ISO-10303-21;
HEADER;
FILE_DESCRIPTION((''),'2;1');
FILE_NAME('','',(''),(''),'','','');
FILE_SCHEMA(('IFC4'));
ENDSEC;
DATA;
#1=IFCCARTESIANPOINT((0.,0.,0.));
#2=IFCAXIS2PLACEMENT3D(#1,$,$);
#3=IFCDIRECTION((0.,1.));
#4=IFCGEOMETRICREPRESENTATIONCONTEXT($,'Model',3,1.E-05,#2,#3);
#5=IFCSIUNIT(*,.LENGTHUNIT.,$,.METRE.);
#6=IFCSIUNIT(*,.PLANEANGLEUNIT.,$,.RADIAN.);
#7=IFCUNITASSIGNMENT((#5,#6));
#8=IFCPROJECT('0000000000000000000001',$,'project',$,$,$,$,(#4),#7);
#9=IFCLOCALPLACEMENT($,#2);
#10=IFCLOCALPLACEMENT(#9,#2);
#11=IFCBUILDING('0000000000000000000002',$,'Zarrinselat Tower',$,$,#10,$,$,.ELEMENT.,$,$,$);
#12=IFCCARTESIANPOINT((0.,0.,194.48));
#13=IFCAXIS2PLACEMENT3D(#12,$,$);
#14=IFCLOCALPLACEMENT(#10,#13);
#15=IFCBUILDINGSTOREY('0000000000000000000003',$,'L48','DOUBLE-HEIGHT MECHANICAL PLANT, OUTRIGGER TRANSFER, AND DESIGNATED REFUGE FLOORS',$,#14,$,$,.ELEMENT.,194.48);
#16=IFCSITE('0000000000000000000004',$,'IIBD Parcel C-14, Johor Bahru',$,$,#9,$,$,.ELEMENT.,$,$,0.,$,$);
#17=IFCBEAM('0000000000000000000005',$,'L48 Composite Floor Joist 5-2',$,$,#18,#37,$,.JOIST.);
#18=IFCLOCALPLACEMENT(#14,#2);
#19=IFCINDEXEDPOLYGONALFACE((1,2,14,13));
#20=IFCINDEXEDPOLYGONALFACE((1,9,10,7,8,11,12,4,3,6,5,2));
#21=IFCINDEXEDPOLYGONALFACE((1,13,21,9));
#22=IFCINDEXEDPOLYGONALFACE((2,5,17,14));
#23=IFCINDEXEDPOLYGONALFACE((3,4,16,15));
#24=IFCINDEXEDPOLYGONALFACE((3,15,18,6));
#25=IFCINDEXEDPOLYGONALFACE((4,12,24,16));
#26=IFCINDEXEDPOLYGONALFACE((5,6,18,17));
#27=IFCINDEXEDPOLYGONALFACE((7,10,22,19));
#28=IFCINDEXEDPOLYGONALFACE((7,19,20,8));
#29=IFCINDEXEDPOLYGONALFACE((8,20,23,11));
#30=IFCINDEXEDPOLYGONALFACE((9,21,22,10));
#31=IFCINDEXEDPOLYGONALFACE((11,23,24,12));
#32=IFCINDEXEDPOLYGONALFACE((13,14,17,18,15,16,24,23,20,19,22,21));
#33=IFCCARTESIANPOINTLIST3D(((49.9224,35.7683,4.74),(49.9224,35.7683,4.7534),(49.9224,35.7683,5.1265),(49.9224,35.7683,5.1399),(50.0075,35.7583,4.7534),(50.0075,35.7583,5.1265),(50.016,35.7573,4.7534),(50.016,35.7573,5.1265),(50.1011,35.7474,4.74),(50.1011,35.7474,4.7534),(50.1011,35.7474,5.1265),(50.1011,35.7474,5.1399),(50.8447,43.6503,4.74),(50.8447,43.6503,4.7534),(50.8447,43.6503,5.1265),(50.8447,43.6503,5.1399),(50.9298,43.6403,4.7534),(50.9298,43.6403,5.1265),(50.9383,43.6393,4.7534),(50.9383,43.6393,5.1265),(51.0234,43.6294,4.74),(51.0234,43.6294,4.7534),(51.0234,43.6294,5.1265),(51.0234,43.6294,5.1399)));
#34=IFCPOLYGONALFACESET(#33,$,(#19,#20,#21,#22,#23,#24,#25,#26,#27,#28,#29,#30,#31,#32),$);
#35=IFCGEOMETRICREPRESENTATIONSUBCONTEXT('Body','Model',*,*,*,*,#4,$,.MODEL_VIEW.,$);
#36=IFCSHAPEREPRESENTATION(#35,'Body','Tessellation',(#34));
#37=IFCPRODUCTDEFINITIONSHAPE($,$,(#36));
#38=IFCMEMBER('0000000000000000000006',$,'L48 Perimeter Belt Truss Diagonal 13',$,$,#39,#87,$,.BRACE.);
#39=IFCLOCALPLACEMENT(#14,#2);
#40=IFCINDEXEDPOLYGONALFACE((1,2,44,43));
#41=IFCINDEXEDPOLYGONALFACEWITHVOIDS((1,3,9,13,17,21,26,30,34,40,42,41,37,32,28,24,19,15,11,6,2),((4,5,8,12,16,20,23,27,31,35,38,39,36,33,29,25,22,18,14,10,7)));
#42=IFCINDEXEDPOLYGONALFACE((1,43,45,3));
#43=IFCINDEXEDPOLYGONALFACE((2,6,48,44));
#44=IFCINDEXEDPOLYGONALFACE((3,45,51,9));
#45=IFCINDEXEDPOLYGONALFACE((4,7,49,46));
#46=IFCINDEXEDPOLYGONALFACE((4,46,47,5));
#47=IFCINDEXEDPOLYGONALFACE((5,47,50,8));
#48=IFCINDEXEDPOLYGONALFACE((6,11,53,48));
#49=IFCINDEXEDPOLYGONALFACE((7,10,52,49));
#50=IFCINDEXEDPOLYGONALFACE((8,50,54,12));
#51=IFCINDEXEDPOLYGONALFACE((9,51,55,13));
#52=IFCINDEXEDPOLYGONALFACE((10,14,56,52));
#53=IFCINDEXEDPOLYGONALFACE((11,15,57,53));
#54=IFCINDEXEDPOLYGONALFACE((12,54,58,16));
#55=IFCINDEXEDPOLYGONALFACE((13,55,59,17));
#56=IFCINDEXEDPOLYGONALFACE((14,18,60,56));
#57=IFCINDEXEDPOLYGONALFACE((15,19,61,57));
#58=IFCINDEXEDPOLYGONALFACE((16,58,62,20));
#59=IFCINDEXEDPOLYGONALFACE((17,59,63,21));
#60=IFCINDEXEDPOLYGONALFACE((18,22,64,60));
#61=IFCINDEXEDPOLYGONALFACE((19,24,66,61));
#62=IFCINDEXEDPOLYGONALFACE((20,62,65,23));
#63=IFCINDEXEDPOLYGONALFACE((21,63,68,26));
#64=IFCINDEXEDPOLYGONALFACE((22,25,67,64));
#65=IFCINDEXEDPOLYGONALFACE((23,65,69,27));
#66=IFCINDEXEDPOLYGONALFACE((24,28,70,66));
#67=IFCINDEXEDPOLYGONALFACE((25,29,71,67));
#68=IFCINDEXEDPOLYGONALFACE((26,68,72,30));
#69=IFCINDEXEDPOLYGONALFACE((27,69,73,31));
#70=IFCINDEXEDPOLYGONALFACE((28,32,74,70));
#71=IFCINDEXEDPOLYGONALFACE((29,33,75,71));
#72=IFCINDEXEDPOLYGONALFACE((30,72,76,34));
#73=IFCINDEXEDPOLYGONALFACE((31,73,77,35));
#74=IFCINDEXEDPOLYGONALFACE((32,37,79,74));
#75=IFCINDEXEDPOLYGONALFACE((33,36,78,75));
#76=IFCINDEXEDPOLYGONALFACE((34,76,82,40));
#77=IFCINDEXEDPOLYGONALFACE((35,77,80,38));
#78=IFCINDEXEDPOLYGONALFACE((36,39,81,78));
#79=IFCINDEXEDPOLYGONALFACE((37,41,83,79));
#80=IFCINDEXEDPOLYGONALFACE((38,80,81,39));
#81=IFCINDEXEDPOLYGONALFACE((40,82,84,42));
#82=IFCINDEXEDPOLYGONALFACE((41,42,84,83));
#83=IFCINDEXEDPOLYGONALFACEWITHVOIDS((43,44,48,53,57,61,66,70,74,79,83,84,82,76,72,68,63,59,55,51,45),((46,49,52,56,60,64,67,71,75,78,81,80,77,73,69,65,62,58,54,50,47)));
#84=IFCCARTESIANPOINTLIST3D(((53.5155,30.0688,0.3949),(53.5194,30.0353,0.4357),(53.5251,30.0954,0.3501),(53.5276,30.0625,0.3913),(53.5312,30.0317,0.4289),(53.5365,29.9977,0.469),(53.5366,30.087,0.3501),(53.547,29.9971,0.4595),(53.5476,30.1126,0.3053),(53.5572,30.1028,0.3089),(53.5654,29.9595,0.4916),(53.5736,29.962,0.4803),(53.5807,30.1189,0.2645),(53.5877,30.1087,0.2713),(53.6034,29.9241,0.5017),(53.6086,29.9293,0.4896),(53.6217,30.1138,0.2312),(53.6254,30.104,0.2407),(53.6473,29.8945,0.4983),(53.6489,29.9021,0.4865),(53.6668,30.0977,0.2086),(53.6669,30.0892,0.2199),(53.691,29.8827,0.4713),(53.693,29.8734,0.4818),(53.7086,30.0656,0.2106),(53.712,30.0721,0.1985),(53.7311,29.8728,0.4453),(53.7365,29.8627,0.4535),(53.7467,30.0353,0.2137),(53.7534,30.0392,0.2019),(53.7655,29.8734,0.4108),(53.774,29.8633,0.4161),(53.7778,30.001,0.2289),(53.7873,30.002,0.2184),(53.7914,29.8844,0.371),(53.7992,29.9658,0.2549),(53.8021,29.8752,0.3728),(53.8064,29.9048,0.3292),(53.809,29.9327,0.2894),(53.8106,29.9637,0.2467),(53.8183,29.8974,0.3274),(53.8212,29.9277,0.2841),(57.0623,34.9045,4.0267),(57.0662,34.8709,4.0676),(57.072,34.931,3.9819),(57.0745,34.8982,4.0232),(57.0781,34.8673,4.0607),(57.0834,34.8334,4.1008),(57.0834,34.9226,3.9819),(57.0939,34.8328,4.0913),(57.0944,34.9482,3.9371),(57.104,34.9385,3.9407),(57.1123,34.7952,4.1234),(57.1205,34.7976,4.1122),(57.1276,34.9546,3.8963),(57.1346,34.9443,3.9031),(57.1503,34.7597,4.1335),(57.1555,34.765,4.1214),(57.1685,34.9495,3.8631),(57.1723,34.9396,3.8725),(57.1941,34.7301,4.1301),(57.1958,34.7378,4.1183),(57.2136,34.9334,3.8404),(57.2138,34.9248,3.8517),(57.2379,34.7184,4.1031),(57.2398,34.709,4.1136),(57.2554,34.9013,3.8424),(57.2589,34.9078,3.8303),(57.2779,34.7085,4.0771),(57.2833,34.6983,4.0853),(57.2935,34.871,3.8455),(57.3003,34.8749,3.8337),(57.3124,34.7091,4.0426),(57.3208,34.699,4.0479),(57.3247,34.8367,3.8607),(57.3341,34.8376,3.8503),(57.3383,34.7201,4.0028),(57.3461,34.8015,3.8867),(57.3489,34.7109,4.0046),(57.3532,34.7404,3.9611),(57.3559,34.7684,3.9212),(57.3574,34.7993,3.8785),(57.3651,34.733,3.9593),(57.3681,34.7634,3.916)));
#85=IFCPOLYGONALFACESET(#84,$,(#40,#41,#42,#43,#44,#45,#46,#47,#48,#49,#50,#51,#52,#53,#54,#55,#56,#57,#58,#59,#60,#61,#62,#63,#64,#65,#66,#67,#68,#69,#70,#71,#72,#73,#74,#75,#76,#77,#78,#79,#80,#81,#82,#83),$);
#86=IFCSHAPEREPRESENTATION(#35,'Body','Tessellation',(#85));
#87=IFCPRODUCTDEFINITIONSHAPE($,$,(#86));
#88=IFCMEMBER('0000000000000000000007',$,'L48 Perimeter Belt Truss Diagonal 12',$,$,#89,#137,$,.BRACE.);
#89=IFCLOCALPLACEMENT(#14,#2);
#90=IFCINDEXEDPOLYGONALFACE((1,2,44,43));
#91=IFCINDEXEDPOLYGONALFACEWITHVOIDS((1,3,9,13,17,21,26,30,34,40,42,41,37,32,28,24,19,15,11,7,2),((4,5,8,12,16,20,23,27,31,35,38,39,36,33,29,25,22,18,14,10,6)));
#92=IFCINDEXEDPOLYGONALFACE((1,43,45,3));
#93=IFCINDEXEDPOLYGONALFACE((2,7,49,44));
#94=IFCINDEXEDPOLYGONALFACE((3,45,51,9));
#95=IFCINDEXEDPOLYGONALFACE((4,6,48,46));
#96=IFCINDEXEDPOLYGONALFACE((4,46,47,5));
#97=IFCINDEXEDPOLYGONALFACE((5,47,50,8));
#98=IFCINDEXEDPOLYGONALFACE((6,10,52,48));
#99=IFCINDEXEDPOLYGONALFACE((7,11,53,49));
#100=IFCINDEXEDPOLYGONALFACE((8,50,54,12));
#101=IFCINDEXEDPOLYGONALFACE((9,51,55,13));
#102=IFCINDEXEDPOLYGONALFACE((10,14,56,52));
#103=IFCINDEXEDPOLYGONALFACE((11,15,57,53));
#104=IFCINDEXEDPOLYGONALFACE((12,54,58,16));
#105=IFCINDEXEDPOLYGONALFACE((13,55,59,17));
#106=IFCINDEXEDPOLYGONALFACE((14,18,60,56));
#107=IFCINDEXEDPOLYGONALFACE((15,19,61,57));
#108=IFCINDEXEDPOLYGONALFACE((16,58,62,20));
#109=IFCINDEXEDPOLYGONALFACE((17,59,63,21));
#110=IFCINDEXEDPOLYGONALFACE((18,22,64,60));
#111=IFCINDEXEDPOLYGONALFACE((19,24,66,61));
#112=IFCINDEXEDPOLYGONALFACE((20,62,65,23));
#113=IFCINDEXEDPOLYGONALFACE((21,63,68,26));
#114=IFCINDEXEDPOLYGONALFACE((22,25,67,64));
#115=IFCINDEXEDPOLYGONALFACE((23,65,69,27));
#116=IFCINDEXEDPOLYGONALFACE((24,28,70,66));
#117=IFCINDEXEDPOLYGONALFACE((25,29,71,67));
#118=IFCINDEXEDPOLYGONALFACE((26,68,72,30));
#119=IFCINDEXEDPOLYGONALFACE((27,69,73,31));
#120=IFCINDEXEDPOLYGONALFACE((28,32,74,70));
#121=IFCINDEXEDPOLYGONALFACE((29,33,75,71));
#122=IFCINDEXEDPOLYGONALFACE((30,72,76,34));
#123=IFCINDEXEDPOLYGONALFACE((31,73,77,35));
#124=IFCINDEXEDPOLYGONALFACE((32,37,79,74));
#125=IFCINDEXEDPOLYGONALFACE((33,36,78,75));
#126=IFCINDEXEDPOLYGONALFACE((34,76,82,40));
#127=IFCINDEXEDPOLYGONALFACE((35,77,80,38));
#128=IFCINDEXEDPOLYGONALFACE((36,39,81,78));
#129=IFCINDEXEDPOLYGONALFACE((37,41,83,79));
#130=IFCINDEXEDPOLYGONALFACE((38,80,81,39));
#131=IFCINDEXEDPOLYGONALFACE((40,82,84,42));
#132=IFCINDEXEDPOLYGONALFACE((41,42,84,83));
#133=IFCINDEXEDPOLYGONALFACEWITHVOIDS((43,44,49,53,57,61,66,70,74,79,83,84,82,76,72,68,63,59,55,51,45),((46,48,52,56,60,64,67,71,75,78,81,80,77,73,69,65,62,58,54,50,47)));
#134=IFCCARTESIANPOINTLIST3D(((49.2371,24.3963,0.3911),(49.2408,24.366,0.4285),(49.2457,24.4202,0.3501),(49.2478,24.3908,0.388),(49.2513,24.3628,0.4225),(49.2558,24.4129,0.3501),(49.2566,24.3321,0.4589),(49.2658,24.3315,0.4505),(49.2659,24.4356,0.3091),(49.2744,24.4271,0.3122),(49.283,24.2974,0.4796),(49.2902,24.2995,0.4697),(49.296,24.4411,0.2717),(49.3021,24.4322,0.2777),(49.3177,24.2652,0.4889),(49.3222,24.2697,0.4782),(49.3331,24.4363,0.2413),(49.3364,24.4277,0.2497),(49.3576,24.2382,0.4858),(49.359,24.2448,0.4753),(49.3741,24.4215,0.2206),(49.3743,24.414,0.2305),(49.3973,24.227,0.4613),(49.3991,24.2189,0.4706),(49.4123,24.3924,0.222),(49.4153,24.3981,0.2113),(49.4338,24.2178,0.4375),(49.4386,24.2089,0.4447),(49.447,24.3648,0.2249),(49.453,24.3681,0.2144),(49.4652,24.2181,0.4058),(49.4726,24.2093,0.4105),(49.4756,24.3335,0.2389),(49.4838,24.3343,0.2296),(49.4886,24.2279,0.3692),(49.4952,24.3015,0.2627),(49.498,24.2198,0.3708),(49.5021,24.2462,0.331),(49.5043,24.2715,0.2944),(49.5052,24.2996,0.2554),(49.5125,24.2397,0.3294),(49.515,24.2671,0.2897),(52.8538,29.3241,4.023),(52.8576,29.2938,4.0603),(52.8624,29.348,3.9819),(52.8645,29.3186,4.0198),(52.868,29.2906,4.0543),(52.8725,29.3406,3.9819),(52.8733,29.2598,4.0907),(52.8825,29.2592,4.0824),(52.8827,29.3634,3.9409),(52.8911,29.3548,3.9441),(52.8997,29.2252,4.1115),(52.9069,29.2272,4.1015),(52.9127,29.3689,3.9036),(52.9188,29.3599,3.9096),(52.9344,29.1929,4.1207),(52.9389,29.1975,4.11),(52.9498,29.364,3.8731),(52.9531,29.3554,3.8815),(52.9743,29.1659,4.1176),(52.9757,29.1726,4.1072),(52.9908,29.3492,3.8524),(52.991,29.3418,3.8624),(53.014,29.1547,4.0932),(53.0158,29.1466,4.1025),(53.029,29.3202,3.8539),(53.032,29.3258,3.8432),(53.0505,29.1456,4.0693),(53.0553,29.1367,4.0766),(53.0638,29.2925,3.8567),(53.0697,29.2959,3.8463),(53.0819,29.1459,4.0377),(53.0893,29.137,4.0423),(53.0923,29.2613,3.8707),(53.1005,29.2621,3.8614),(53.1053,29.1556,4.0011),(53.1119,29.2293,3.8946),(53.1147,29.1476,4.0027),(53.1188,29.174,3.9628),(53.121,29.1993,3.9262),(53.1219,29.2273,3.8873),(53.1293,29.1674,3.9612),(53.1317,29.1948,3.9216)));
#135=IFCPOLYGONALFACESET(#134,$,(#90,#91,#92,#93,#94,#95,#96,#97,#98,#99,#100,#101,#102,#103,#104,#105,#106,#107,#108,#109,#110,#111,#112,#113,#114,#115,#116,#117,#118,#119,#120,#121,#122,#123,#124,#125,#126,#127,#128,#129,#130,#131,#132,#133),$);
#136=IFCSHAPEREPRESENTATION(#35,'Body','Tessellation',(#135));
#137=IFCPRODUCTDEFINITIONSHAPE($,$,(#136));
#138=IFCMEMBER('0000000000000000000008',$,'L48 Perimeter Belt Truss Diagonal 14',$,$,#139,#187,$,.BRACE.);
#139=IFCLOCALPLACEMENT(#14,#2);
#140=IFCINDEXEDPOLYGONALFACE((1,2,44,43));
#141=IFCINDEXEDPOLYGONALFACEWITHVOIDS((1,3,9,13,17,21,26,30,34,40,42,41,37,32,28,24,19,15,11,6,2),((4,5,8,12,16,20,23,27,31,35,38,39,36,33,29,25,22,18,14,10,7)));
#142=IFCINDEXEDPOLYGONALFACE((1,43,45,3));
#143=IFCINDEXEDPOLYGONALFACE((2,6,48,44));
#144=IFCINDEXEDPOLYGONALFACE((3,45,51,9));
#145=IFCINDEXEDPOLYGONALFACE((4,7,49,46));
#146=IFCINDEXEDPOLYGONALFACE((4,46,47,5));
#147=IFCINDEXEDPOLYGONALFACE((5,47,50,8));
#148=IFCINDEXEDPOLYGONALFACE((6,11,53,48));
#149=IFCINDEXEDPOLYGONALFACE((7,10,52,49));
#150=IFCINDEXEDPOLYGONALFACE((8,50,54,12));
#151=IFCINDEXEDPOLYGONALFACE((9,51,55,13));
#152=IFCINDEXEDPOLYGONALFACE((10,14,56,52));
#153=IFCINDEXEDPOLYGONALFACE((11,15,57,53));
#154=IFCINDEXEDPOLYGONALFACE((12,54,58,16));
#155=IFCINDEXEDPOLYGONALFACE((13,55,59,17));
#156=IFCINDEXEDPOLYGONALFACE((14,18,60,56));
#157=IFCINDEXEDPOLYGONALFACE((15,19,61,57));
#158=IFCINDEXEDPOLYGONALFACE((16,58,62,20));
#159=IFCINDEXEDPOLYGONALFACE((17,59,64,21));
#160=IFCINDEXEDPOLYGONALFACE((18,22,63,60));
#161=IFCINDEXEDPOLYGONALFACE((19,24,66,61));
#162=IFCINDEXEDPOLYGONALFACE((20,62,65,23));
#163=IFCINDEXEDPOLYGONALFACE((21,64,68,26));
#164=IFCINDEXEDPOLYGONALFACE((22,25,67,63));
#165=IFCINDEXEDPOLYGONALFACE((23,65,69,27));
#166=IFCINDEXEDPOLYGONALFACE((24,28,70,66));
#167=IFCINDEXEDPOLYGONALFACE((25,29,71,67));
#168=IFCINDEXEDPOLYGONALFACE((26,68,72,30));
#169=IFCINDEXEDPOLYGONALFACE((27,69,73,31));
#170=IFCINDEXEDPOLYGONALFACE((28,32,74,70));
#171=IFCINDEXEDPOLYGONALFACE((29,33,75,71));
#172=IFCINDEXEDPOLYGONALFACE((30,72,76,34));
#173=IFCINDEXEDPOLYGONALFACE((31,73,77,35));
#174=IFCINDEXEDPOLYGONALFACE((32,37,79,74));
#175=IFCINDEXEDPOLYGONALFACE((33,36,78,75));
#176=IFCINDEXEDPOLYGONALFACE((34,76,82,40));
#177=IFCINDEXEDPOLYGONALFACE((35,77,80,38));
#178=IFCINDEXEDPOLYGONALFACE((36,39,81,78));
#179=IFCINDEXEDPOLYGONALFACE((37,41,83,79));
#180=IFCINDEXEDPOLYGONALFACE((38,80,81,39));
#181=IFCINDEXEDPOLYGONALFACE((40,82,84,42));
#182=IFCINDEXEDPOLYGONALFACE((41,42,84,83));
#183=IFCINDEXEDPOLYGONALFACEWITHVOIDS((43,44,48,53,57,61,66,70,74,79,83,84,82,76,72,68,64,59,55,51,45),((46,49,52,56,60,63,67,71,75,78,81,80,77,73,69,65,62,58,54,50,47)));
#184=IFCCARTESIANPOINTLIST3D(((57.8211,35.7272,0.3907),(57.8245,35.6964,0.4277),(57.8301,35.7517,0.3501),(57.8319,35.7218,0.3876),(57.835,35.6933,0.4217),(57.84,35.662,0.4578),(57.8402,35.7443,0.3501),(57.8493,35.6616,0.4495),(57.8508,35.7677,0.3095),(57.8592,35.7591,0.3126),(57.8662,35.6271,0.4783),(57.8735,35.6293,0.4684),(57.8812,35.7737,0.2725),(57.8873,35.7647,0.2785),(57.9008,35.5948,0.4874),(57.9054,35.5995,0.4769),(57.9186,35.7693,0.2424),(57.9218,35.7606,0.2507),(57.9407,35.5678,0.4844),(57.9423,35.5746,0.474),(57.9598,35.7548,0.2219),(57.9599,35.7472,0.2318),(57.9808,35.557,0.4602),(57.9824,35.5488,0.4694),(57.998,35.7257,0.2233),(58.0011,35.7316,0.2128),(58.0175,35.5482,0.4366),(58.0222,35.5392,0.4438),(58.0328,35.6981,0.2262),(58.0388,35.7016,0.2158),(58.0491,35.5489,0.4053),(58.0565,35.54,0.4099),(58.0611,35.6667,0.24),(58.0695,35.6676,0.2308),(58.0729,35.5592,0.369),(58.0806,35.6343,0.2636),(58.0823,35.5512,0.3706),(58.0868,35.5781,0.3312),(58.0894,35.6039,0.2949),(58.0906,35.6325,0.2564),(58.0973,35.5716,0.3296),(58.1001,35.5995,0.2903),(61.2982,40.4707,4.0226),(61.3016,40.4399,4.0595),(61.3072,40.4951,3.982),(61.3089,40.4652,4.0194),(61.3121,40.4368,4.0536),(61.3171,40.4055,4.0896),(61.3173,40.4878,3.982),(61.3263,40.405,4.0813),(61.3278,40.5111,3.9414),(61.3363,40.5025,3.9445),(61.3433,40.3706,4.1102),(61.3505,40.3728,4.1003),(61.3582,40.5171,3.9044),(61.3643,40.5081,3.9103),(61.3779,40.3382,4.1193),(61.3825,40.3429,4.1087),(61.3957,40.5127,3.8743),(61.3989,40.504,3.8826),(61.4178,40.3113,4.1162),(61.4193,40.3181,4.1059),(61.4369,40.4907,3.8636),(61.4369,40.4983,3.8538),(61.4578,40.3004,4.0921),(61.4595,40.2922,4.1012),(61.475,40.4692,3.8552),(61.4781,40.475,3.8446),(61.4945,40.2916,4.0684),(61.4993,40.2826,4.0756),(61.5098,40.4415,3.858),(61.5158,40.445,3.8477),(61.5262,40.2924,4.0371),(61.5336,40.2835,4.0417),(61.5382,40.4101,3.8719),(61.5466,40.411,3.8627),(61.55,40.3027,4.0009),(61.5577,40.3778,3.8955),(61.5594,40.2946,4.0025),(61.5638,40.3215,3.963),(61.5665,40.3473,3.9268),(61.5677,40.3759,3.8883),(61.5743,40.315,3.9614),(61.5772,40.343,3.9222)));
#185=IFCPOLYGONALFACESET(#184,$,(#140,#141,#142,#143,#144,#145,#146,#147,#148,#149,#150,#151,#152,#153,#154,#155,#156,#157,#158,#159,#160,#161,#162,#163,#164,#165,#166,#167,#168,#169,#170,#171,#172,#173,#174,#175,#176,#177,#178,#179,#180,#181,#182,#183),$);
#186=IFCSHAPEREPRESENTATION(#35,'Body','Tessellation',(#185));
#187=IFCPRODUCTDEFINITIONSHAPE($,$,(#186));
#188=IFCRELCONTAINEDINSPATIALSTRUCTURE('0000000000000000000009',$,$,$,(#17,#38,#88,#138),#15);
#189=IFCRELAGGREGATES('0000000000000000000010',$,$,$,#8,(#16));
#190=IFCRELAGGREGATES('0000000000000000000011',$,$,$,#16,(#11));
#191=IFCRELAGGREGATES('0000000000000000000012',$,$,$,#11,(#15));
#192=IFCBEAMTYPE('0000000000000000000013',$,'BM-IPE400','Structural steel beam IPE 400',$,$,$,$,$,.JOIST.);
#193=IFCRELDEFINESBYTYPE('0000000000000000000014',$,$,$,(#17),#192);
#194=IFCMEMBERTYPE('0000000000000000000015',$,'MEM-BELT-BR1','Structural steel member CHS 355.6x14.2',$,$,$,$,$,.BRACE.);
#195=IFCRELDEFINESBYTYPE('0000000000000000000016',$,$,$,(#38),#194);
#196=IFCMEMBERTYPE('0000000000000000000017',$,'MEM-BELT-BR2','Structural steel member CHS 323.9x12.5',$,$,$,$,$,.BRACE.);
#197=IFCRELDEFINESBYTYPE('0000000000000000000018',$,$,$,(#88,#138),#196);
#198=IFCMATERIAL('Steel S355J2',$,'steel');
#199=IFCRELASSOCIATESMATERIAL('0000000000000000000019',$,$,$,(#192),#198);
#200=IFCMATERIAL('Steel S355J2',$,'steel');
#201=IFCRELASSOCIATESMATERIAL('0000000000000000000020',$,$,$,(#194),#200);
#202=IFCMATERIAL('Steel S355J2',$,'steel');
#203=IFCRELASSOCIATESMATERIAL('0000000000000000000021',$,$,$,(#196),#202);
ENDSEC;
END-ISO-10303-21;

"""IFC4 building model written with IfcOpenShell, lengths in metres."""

from ifc_helpers import new_model, si_unit, direction, frame, origin, origin_2d, place, context, subcontext, project, spatial, hollow_circle, i_section, extrude, material, material_profile, profile_set, type_object, element, save


model = new_model("IFC4")

# Units and contexts
model_context = context("Model", 3, precision=1e-05, world=origin(), true_north=direction((0.0, 1.0)))
body_context = subcontext(model_context, "Body", "Model", "MODEL_VIEW")
ifc_project = project(units=[si_unit("LENGTHUNIT", "METRE"), si_unit("PLANEANGLEUNIT", "RADIAN")], contexts=[model_context])

# Site, building, storey
site_placement = place(None, origin())
site = spatial("IfcSite", under=ifc_project, at=site_placement, Name="IIBD Parcel C-14, Johor Bahru", CompositionType="ELEMENT", RefElevation=0.0)
building_placement = place(site_placement, origin())
building = spatial("IfcBuilding", under=site, at=building_placement, Name="Zarrinselat Tower", CompositionType="ELEMENT")
storey_placement = place(building_placement, frame((0.0, 0.0, 194.48)))
storey = spatial("IfcBuildingStorey", under=building, at=storey_placement, Name="L48", Description="DOUBLE-HEIGHT MECHANICAL PLANT, OUTRIGGER TRANSFER, AND DESIGNATED REFUGE FLOORS", CompositionType="ELEMENT", Elevation=194.48)

# Beam
ifc_material_1 = material(Name="Steel S355J2", Category="steel")
ifc_material_profile_1 = material_profile(ifc_material_1, i_section(OverallWidth=0.1799, OverallDepth=0.3999, WebThickness=0.0085, FlangeThickness=0.0134, at=origin_2d()), Name="IPE 400")
ifc_profile_set_1 = profile_set([ifc_material_profile_1], Name="Steel S355J2")
beam_type_1 = type_object("IfcBeamType", Name="BM-IPE400", Description="Structural steel beam IPE 400", PredefinedType="JOIST", material=ifc_profile_set_1)
beam_1_placement = place(storey_placement, frame((50.0117, 35.7578, 4.9399), z_axis=(0.116227, 0.993223, 0.0), x_axis=(-0.993223, 0.116227, 0.0)))
element("IfcBeam", 1, at=beam_1_placement, inside=storey, type_object=beam_type_1, Name="L48 Composite Floor Joist 5-2", PredefinedType="JOIST", context=body_context, shape_type="SweptSolid", body=[
    extrude(i_section(OverallWidth=0.1799, OverallDepth=0.3999, WebThickness=0.0085, FlangeThickness=0.0134, at=origin_2d()), origin(), (0.0, 0.0, 1.0), 7.9358),
])

# Members
ifc_material_2 = material(Name="Steel S355J2", Category="steel")
ifc_material_profile_2 = material_profile(ifc_material_2, hollow_circle(Radius=0.1777, WallThickness=0.0142, at=origin_2d()), Name="CHS 355.6x14.2")
ifc_profile_set_2 = profile_set([ifc_material_profile_2], Name="Steel S355J2")
member_type_1 = type_object("IfcMemberType", Name="MEM-BELT-BR1", Description="Structural steel member CHS 355.6x14.2", PredefinedType="BRACE", material=ifc_profile_set_2)
member_1_placement = place(storey_placement, frame((53.6685, 29.9902, 0.3501), z_axis=(0.5059, 0.689727, 0.518018), x_axis=(-0.806349, 0.59144, 0.0)))
element("IfcMember", 2, at=member_1_placement, inside=storey, type_object=member_type_1, Name="L48 Perimeter Belt Truss Diagonal 13", PredefinedType="BRACE", context=body_context, shape_type="SweptSolid", body=[
    extrude(hollow_circle(Radius=0.1777, WallThickness=0.0142, at=origin_2d()), origin(), (0.0, 0.0, 1.0), 7.011),
])
ifc_material_3 = material(Name="Steel S355J2", Category="steel")
ifc_material_profile_3 = material_profile(ifc_material_3, hollow_circle(Radius=0.1619, WallThickness=0.0125, at=origin_2d()), Name="CHS 323.9x12.5")
ifc_profile_set_3 = profile_set([ifc_material_profile_3], Name="Steel S355J2")
member_type_2 = type_object("IfcMemberType", Name="MEM-BELT-BR2", Description="Structural steel member CHS 323.9x12.5", PredefinedType="BRACE", material=ifc_profile_set_3)
member_2_placement = place(storey_placement, frame((49.3762, 24.3245, 0.3501), z_axis=(0.508672, 0.693063, 0.510801), x_axis=(-0.806169, 0.591686, 0.0)))
element("IfcMember", 3, at=member_2_placement, inside=storey, type_object=member_type_2, Name="L48 Perimeter Belt Truss Diagonal 12", PredefinedType="BRACE", context=body_context, shape_type="SweptSolid", body=[
    extrude(hollow_circle(Radius=0.1619, WallThickness=0.0125, at=origin_2d()), origin(), (0.0, 0.0, 1.0), 7.1101),
])
member_3_placement = place(storey_placement, frame((57.9607, 35.656, 0.3501), z_axis=(0.503023, 0.686226, 0.525416), x_axis=(-0.806522, 0.591203, 0.0)))
element("IfcMember", 4, at=member_3_placement, inside=storey, type_object=member_type_2, Name="L48 Perimeter Belt Truss Diagonal 14", PredefinedType="BRACE", context=body_context, shape_type="SweptSolid", body=[
    extrude(hollow_circle(Radius=0.1619, WallThickness=0.0125, at=origin_2d()), origin(), (0.0, 0.0, 1.0), 6.9124),
])

save(model, "model.ifc")
